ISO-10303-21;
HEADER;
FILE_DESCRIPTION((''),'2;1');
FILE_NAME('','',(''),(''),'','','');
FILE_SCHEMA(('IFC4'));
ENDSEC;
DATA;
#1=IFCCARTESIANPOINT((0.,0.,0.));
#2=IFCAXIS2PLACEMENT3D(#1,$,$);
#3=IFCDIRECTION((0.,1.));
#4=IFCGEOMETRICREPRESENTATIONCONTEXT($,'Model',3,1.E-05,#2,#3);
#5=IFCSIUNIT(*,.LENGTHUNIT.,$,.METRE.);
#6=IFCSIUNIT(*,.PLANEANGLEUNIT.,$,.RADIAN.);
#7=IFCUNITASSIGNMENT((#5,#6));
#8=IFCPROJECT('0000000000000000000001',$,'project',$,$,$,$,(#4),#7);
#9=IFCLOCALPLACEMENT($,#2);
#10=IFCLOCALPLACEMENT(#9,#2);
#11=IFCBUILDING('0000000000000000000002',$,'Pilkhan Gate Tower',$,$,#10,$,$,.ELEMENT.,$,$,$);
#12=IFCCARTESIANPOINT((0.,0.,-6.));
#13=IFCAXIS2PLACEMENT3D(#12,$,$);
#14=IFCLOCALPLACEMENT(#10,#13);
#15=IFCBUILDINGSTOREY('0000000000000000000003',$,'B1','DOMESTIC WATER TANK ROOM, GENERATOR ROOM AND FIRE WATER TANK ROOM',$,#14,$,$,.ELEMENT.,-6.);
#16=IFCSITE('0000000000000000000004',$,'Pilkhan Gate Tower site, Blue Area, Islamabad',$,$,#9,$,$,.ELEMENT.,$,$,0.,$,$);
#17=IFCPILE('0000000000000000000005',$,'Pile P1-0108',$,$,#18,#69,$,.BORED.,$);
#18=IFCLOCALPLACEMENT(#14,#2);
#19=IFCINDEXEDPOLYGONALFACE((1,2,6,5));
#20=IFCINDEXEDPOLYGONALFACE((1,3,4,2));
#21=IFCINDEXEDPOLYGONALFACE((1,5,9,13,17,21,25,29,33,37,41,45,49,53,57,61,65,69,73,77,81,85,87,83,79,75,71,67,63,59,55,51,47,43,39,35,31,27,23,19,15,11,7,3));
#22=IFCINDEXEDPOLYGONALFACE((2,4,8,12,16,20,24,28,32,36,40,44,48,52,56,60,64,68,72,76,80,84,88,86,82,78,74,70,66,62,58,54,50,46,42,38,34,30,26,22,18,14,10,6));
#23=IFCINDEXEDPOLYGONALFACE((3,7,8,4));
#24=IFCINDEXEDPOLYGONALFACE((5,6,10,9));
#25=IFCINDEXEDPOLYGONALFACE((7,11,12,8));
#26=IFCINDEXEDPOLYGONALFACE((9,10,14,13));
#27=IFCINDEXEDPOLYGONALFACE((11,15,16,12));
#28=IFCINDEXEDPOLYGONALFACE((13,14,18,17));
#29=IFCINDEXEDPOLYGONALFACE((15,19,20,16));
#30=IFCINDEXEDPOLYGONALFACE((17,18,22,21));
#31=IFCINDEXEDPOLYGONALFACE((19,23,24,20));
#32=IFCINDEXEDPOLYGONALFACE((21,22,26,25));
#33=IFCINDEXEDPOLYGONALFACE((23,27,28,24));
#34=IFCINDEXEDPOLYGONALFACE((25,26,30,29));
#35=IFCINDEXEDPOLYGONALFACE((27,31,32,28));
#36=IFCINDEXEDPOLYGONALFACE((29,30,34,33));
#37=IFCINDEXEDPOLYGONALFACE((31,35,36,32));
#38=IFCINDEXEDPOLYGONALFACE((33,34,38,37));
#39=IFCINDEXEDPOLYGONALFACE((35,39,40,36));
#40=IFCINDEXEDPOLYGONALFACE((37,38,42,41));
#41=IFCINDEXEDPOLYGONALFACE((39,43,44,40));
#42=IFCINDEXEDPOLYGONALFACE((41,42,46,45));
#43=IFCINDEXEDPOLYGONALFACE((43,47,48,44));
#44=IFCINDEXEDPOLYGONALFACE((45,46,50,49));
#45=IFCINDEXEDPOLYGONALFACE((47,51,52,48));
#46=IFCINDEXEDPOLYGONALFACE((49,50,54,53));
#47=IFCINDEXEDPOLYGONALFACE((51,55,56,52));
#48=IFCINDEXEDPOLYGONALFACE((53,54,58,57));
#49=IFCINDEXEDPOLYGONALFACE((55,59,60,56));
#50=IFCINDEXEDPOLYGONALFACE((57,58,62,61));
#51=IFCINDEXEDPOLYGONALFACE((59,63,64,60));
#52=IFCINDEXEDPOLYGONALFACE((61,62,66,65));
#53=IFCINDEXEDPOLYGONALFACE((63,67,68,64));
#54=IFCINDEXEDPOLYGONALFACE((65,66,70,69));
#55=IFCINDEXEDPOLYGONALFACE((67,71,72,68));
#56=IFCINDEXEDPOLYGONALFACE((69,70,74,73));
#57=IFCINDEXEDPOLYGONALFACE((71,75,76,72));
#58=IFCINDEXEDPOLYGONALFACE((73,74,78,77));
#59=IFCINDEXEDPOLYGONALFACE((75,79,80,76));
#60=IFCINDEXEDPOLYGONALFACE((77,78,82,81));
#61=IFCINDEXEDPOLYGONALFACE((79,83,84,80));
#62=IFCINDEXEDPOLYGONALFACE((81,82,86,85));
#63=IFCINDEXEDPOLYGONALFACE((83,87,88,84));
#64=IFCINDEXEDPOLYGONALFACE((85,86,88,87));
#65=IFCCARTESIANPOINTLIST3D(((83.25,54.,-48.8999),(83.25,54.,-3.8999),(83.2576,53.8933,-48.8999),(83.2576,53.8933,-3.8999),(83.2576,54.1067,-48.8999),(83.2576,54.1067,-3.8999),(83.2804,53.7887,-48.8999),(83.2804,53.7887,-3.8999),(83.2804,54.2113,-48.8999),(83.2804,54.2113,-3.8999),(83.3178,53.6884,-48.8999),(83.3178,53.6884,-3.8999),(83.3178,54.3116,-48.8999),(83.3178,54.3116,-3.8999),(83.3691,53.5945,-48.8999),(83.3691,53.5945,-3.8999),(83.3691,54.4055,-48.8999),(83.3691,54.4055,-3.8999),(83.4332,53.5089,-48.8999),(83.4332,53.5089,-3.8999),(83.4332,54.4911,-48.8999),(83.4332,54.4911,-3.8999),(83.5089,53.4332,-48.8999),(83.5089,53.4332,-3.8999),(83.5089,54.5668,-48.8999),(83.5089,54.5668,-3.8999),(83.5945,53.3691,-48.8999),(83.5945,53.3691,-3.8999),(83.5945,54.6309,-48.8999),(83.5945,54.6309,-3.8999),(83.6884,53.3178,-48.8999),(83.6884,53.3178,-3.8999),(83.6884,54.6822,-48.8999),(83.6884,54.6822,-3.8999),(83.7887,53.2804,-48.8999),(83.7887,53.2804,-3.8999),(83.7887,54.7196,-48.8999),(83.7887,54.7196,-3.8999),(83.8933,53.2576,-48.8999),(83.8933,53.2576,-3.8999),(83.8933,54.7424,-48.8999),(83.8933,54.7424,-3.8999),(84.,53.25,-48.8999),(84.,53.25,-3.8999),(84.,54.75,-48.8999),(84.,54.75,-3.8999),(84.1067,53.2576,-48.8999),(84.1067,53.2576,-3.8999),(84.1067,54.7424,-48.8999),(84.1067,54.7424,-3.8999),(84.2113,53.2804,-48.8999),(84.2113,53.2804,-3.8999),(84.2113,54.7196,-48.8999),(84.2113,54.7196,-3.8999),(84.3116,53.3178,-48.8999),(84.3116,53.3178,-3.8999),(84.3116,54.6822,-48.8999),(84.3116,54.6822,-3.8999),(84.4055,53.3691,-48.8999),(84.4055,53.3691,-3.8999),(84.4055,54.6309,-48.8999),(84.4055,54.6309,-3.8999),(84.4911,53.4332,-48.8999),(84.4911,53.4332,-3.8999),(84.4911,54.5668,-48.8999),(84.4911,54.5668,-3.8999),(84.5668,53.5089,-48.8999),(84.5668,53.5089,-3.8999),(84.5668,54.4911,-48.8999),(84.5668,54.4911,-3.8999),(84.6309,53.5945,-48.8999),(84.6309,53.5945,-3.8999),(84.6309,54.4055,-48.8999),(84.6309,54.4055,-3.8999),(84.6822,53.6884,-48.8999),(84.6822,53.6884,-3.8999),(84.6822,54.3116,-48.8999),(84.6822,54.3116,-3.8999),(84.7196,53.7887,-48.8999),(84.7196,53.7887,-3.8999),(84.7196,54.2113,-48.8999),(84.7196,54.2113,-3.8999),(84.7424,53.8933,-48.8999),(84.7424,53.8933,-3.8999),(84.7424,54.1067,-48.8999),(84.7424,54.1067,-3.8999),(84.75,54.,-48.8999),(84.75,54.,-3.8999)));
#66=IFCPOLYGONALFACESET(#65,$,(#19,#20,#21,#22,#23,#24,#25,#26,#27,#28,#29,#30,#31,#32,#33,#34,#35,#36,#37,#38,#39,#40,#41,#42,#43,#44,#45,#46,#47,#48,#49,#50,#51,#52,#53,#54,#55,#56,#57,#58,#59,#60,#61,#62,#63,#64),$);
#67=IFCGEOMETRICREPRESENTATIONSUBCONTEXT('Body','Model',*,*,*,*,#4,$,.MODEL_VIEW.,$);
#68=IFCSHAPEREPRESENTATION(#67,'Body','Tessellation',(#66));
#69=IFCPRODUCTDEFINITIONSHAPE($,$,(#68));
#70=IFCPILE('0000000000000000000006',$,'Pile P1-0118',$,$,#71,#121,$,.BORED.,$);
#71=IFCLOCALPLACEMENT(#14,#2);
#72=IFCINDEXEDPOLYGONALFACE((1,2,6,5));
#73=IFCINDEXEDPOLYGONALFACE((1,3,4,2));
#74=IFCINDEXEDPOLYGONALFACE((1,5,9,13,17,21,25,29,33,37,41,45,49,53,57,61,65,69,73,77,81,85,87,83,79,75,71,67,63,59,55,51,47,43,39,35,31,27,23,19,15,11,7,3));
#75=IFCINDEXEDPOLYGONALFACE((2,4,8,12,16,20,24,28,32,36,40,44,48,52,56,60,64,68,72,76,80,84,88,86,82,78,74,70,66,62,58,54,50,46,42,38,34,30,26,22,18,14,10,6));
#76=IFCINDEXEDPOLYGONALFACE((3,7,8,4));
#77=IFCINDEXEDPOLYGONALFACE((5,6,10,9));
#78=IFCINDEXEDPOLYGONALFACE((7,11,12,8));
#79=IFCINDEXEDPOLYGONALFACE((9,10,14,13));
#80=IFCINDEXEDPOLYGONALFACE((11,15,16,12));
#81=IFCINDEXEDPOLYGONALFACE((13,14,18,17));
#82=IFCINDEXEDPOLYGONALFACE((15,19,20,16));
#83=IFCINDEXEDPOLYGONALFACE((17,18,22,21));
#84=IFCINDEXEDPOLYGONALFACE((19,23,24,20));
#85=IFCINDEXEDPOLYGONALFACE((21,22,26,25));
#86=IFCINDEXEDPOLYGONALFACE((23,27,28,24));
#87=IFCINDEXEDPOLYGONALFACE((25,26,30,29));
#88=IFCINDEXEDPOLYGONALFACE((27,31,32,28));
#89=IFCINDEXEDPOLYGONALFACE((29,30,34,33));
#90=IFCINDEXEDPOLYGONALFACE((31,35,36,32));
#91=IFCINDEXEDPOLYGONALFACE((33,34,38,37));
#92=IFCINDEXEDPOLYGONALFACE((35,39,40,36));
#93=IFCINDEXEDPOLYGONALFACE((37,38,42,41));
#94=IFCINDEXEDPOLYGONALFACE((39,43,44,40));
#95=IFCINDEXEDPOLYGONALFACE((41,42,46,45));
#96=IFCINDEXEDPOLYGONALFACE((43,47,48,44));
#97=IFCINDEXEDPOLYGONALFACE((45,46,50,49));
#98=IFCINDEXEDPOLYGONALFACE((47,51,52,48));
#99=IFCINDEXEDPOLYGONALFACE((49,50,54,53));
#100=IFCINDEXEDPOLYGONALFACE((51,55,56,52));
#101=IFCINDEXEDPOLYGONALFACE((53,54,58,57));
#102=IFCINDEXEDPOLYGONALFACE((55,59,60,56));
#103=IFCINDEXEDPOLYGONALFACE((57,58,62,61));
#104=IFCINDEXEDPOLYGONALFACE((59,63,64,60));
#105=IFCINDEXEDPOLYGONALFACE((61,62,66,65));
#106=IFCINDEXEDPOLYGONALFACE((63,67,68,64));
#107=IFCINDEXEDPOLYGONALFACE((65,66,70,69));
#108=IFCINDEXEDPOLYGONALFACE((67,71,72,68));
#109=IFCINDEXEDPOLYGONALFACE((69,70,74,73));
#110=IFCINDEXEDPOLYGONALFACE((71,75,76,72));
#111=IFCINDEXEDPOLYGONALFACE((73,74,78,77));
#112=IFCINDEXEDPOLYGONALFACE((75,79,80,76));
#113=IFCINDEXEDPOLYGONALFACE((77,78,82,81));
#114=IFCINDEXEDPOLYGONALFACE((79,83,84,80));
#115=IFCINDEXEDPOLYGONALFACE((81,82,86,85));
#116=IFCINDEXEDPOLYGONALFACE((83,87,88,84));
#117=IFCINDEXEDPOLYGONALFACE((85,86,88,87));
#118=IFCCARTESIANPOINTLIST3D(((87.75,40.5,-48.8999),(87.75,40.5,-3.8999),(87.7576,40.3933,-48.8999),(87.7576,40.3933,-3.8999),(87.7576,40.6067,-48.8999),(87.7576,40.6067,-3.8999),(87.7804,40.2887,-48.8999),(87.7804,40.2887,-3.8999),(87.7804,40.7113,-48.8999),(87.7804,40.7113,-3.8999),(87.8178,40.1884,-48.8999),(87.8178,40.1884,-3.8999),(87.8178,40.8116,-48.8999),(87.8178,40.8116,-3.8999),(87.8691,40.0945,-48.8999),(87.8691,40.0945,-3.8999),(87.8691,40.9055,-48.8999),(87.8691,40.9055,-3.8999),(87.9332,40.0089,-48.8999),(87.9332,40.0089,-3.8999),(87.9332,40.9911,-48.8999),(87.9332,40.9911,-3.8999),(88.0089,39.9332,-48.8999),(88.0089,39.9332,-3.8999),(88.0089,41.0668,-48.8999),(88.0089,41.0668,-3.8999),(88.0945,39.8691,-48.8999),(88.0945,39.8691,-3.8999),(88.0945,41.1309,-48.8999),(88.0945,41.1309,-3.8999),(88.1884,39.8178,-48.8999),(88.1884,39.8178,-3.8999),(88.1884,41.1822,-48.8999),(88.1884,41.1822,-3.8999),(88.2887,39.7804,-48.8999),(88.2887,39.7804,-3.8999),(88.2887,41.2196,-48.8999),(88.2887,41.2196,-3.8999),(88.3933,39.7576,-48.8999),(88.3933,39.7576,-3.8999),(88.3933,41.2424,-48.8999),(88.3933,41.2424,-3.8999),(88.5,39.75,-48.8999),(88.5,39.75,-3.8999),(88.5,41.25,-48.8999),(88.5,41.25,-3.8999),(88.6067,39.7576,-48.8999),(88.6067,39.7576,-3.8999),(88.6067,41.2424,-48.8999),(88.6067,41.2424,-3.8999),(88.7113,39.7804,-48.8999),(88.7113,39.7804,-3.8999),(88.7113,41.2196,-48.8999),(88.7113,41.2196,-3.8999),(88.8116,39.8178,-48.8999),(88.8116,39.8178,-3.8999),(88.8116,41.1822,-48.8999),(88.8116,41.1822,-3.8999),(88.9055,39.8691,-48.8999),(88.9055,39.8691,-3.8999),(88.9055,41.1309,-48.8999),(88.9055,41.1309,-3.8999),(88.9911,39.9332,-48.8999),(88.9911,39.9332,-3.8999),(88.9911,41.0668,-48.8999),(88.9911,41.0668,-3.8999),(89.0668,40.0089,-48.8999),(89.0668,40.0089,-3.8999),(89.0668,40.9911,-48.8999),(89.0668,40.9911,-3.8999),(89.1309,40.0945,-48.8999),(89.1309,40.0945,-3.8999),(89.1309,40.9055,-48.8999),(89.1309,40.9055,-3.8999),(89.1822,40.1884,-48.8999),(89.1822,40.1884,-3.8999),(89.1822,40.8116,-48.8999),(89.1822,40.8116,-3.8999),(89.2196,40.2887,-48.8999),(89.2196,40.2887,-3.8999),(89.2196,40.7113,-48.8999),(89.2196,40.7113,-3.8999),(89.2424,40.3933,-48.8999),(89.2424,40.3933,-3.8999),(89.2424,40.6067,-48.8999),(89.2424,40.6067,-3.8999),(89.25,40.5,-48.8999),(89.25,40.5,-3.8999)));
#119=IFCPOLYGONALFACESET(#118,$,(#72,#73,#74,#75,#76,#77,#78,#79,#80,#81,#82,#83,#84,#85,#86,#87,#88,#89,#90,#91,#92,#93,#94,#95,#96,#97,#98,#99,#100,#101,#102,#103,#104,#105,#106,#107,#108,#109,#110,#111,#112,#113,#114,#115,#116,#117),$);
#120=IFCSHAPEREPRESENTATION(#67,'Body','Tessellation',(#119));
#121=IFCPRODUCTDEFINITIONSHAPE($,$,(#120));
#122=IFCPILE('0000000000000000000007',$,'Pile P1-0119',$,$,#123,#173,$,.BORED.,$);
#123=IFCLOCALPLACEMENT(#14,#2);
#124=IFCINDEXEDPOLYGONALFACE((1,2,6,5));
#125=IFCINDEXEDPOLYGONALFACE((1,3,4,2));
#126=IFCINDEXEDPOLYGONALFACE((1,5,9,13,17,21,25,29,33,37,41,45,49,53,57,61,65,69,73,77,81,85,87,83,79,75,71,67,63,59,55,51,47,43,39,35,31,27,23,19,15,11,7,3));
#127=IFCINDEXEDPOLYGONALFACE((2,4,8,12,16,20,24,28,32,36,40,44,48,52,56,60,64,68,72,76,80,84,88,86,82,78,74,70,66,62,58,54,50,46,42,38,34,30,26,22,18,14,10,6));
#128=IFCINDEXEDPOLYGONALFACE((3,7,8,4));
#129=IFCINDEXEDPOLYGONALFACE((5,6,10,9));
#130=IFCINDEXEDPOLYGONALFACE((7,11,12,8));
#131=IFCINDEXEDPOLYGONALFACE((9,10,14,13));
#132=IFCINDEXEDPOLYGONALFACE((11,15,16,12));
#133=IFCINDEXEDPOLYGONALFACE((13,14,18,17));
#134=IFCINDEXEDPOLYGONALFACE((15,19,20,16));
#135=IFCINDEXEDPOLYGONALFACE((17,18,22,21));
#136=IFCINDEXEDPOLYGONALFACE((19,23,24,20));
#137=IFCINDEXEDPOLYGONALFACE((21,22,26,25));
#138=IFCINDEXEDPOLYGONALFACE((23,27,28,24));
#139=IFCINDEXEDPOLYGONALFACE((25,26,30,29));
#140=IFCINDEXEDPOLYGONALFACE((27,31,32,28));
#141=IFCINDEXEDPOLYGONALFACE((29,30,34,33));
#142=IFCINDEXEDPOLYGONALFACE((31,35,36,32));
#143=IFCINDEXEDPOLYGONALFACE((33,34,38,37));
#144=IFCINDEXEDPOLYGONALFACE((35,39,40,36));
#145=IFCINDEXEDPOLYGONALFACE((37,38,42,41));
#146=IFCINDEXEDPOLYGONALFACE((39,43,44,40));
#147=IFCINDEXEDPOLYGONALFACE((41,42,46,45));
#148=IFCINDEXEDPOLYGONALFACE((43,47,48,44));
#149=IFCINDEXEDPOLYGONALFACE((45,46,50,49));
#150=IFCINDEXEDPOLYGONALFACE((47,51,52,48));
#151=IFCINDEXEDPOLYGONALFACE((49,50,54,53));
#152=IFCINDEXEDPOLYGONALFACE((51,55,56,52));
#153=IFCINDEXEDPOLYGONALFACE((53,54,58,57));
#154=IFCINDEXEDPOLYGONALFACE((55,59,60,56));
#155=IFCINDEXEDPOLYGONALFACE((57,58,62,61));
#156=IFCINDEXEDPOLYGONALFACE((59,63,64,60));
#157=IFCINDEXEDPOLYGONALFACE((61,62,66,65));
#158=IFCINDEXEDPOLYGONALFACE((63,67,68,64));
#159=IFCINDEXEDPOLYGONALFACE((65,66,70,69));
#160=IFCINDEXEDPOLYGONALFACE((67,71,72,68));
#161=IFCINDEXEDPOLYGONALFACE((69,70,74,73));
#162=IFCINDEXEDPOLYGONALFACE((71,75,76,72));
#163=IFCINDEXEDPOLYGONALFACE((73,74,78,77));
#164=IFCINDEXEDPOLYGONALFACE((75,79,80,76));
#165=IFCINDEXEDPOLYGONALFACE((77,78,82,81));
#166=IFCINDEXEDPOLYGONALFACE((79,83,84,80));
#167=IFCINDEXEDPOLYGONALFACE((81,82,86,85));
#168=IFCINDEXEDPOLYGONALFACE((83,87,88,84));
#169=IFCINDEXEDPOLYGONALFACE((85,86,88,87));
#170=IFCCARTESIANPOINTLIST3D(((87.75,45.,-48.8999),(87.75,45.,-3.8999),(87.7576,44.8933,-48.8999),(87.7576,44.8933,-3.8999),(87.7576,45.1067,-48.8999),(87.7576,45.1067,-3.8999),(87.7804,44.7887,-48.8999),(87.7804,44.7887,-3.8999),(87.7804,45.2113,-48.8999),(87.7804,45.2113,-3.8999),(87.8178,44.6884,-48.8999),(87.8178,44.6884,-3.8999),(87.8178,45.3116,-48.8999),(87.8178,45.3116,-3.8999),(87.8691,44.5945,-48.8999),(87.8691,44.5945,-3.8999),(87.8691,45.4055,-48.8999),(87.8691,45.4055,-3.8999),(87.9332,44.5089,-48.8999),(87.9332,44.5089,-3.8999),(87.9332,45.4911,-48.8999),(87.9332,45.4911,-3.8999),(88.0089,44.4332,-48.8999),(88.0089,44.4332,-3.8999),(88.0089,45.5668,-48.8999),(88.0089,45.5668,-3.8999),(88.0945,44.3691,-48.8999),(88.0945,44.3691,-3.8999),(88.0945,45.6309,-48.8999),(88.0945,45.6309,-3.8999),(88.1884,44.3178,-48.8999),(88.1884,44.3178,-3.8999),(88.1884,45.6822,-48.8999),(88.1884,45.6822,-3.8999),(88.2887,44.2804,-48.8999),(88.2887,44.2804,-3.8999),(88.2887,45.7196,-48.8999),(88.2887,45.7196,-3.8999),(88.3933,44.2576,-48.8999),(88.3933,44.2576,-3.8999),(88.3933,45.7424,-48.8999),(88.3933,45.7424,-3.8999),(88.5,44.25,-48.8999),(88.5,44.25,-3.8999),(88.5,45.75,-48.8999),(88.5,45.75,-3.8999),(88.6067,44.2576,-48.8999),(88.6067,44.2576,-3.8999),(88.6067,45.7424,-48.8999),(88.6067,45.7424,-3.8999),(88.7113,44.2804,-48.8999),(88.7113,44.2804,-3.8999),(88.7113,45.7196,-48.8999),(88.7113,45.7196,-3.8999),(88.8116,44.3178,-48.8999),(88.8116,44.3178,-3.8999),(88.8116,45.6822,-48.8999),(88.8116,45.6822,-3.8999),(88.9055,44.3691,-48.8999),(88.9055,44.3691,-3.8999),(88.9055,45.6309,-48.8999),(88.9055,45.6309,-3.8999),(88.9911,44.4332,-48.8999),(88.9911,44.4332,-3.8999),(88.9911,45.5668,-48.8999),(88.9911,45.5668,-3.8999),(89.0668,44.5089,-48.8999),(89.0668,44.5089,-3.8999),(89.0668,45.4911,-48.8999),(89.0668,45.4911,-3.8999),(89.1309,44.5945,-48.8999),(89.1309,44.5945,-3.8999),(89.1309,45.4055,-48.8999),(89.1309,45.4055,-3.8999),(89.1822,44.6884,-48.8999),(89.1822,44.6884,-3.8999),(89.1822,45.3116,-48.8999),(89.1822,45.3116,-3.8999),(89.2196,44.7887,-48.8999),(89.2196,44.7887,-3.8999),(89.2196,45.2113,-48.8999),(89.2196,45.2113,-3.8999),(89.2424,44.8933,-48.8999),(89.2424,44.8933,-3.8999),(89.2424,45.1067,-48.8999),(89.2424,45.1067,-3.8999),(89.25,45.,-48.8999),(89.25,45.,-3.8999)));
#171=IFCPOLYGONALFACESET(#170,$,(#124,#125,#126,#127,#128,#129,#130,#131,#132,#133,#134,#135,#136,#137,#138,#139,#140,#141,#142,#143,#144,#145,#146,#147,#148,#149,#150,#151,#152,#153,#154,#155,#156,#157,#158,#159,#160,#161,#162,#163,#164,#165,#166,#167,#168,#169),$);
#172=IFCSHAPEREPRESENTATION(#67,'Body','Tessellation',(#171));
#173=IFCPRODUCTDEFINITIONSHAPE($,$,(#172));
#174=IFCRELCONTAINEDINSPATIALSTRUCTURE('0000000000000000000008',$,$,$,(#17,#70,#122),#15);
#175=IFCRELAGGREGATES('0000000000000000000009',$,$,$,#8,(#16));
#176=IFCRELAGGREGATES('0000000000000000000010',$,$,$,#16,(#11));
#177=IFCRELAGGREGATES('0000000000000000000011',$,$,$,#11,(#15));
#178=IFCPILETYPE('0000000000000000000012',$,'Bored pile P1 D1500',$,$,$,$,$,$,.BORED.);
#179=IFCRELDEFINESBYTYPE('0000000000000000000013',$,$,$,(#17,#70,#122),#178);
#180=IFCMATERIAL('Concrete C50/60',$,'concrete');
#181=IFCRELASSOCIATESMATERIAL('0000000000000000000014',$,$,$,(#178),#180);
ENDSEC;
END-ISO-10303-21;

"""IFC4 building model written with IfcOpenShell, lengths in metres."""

from ifc_helpers import new_model, si_unit, direction, frame, origin, origin_2d, place, context, subcontext, project, spatial, circle, extrude, material, material_profile, profile_set, type_object, element, save


model = new_model("IFC4")

# Units and contexts
model_context = context("Model", 3, precision=1e-05, world=origin(), true_north=direction((0.0, 1.0)))
body_context = subcontext(model_context, "Body", "Model", "MODEL_VIEW")
ifc_project = project(units=[si_unit("LENGTHUNIT", "METRE"), si_unit("PLANEANGLEUNIT", "RADIAN")], contexts=[model_context])

# Site, building, storey
site_placement = place(None, origin())
site = spatial("IfcSite", under=ifc_project, at=site_placement, Name="Pilkhan Gate Tower site, Blue Area, Islamabad", CompositionType="ELEMENT", RefElevation=0.0)
building_placement = place(site_placement, origin())
building = spatial("IfcBuilding", under=site, at=building_placement, Name="Pilkhan Gate Tower", CompositionType="ELEMENT")
storey_placement = place(building_placement, frame((0.0, 0.0, -6.0)))
storey = spatial("IfcBuildingStorey", under=building, at=storey_placement, Name="B1", Description="DOMESTIC WATER TANK ROOM, GENERATOR ROOM AND FIRE WATER TANK ROOM", CompositionType="ELEMENT", Elevation=-6.0)

# Piles
ifc_material_1 = material(Name="Concrete C50/60", Category="concrete")
ifc_material_profile_1 = material_profile(ifc_material_1, circle(Radius=0.75, at=origin_2d()), Name="Bored pile 1500 dia")
ifc_profile_set_1 = profile_set([ifc_material_profile_1], Name="Concrete C50/60")
pile_type = type_object("IfcPileType", Name="Bored pile P1 D1500", PredefinedType="BORED", material=ifc_profile_set_1)
for number, where, z_axis, x_axis, name in (
    (1, (84.0, 54.0, -3.8999), (0.0, 0.0, -1.0), (1.0, 0.0, 0.0), "Pile P1-0108"),
    (2, (88.5, 40.5, -3.8999), (0.0, 0.0, -1.0), (1.0, 0.0, 0.0), "Pile P1-0118"),
    (3, (88.5, 45.0, -3.8999), (0.0, 0.0, -1.0), (1.0, 0.0, 0.0), "Pile P1-0119"),
):
    element("IfcPile", number, at=place(storey_placement, frame(where, z_axis=z_axis, x_axis=x_axis)), inside=storey, type_object=pile_type, Name=name, PredefinedType="BORED", context=body_context, shape_type="SweptSolid", body=[
        extrude(circle(Radius=0.75, at=origin_2d()), origin(), (0.0, 0.0, 1.0), 45.0),
    ])

save(model, "model.ifc")
